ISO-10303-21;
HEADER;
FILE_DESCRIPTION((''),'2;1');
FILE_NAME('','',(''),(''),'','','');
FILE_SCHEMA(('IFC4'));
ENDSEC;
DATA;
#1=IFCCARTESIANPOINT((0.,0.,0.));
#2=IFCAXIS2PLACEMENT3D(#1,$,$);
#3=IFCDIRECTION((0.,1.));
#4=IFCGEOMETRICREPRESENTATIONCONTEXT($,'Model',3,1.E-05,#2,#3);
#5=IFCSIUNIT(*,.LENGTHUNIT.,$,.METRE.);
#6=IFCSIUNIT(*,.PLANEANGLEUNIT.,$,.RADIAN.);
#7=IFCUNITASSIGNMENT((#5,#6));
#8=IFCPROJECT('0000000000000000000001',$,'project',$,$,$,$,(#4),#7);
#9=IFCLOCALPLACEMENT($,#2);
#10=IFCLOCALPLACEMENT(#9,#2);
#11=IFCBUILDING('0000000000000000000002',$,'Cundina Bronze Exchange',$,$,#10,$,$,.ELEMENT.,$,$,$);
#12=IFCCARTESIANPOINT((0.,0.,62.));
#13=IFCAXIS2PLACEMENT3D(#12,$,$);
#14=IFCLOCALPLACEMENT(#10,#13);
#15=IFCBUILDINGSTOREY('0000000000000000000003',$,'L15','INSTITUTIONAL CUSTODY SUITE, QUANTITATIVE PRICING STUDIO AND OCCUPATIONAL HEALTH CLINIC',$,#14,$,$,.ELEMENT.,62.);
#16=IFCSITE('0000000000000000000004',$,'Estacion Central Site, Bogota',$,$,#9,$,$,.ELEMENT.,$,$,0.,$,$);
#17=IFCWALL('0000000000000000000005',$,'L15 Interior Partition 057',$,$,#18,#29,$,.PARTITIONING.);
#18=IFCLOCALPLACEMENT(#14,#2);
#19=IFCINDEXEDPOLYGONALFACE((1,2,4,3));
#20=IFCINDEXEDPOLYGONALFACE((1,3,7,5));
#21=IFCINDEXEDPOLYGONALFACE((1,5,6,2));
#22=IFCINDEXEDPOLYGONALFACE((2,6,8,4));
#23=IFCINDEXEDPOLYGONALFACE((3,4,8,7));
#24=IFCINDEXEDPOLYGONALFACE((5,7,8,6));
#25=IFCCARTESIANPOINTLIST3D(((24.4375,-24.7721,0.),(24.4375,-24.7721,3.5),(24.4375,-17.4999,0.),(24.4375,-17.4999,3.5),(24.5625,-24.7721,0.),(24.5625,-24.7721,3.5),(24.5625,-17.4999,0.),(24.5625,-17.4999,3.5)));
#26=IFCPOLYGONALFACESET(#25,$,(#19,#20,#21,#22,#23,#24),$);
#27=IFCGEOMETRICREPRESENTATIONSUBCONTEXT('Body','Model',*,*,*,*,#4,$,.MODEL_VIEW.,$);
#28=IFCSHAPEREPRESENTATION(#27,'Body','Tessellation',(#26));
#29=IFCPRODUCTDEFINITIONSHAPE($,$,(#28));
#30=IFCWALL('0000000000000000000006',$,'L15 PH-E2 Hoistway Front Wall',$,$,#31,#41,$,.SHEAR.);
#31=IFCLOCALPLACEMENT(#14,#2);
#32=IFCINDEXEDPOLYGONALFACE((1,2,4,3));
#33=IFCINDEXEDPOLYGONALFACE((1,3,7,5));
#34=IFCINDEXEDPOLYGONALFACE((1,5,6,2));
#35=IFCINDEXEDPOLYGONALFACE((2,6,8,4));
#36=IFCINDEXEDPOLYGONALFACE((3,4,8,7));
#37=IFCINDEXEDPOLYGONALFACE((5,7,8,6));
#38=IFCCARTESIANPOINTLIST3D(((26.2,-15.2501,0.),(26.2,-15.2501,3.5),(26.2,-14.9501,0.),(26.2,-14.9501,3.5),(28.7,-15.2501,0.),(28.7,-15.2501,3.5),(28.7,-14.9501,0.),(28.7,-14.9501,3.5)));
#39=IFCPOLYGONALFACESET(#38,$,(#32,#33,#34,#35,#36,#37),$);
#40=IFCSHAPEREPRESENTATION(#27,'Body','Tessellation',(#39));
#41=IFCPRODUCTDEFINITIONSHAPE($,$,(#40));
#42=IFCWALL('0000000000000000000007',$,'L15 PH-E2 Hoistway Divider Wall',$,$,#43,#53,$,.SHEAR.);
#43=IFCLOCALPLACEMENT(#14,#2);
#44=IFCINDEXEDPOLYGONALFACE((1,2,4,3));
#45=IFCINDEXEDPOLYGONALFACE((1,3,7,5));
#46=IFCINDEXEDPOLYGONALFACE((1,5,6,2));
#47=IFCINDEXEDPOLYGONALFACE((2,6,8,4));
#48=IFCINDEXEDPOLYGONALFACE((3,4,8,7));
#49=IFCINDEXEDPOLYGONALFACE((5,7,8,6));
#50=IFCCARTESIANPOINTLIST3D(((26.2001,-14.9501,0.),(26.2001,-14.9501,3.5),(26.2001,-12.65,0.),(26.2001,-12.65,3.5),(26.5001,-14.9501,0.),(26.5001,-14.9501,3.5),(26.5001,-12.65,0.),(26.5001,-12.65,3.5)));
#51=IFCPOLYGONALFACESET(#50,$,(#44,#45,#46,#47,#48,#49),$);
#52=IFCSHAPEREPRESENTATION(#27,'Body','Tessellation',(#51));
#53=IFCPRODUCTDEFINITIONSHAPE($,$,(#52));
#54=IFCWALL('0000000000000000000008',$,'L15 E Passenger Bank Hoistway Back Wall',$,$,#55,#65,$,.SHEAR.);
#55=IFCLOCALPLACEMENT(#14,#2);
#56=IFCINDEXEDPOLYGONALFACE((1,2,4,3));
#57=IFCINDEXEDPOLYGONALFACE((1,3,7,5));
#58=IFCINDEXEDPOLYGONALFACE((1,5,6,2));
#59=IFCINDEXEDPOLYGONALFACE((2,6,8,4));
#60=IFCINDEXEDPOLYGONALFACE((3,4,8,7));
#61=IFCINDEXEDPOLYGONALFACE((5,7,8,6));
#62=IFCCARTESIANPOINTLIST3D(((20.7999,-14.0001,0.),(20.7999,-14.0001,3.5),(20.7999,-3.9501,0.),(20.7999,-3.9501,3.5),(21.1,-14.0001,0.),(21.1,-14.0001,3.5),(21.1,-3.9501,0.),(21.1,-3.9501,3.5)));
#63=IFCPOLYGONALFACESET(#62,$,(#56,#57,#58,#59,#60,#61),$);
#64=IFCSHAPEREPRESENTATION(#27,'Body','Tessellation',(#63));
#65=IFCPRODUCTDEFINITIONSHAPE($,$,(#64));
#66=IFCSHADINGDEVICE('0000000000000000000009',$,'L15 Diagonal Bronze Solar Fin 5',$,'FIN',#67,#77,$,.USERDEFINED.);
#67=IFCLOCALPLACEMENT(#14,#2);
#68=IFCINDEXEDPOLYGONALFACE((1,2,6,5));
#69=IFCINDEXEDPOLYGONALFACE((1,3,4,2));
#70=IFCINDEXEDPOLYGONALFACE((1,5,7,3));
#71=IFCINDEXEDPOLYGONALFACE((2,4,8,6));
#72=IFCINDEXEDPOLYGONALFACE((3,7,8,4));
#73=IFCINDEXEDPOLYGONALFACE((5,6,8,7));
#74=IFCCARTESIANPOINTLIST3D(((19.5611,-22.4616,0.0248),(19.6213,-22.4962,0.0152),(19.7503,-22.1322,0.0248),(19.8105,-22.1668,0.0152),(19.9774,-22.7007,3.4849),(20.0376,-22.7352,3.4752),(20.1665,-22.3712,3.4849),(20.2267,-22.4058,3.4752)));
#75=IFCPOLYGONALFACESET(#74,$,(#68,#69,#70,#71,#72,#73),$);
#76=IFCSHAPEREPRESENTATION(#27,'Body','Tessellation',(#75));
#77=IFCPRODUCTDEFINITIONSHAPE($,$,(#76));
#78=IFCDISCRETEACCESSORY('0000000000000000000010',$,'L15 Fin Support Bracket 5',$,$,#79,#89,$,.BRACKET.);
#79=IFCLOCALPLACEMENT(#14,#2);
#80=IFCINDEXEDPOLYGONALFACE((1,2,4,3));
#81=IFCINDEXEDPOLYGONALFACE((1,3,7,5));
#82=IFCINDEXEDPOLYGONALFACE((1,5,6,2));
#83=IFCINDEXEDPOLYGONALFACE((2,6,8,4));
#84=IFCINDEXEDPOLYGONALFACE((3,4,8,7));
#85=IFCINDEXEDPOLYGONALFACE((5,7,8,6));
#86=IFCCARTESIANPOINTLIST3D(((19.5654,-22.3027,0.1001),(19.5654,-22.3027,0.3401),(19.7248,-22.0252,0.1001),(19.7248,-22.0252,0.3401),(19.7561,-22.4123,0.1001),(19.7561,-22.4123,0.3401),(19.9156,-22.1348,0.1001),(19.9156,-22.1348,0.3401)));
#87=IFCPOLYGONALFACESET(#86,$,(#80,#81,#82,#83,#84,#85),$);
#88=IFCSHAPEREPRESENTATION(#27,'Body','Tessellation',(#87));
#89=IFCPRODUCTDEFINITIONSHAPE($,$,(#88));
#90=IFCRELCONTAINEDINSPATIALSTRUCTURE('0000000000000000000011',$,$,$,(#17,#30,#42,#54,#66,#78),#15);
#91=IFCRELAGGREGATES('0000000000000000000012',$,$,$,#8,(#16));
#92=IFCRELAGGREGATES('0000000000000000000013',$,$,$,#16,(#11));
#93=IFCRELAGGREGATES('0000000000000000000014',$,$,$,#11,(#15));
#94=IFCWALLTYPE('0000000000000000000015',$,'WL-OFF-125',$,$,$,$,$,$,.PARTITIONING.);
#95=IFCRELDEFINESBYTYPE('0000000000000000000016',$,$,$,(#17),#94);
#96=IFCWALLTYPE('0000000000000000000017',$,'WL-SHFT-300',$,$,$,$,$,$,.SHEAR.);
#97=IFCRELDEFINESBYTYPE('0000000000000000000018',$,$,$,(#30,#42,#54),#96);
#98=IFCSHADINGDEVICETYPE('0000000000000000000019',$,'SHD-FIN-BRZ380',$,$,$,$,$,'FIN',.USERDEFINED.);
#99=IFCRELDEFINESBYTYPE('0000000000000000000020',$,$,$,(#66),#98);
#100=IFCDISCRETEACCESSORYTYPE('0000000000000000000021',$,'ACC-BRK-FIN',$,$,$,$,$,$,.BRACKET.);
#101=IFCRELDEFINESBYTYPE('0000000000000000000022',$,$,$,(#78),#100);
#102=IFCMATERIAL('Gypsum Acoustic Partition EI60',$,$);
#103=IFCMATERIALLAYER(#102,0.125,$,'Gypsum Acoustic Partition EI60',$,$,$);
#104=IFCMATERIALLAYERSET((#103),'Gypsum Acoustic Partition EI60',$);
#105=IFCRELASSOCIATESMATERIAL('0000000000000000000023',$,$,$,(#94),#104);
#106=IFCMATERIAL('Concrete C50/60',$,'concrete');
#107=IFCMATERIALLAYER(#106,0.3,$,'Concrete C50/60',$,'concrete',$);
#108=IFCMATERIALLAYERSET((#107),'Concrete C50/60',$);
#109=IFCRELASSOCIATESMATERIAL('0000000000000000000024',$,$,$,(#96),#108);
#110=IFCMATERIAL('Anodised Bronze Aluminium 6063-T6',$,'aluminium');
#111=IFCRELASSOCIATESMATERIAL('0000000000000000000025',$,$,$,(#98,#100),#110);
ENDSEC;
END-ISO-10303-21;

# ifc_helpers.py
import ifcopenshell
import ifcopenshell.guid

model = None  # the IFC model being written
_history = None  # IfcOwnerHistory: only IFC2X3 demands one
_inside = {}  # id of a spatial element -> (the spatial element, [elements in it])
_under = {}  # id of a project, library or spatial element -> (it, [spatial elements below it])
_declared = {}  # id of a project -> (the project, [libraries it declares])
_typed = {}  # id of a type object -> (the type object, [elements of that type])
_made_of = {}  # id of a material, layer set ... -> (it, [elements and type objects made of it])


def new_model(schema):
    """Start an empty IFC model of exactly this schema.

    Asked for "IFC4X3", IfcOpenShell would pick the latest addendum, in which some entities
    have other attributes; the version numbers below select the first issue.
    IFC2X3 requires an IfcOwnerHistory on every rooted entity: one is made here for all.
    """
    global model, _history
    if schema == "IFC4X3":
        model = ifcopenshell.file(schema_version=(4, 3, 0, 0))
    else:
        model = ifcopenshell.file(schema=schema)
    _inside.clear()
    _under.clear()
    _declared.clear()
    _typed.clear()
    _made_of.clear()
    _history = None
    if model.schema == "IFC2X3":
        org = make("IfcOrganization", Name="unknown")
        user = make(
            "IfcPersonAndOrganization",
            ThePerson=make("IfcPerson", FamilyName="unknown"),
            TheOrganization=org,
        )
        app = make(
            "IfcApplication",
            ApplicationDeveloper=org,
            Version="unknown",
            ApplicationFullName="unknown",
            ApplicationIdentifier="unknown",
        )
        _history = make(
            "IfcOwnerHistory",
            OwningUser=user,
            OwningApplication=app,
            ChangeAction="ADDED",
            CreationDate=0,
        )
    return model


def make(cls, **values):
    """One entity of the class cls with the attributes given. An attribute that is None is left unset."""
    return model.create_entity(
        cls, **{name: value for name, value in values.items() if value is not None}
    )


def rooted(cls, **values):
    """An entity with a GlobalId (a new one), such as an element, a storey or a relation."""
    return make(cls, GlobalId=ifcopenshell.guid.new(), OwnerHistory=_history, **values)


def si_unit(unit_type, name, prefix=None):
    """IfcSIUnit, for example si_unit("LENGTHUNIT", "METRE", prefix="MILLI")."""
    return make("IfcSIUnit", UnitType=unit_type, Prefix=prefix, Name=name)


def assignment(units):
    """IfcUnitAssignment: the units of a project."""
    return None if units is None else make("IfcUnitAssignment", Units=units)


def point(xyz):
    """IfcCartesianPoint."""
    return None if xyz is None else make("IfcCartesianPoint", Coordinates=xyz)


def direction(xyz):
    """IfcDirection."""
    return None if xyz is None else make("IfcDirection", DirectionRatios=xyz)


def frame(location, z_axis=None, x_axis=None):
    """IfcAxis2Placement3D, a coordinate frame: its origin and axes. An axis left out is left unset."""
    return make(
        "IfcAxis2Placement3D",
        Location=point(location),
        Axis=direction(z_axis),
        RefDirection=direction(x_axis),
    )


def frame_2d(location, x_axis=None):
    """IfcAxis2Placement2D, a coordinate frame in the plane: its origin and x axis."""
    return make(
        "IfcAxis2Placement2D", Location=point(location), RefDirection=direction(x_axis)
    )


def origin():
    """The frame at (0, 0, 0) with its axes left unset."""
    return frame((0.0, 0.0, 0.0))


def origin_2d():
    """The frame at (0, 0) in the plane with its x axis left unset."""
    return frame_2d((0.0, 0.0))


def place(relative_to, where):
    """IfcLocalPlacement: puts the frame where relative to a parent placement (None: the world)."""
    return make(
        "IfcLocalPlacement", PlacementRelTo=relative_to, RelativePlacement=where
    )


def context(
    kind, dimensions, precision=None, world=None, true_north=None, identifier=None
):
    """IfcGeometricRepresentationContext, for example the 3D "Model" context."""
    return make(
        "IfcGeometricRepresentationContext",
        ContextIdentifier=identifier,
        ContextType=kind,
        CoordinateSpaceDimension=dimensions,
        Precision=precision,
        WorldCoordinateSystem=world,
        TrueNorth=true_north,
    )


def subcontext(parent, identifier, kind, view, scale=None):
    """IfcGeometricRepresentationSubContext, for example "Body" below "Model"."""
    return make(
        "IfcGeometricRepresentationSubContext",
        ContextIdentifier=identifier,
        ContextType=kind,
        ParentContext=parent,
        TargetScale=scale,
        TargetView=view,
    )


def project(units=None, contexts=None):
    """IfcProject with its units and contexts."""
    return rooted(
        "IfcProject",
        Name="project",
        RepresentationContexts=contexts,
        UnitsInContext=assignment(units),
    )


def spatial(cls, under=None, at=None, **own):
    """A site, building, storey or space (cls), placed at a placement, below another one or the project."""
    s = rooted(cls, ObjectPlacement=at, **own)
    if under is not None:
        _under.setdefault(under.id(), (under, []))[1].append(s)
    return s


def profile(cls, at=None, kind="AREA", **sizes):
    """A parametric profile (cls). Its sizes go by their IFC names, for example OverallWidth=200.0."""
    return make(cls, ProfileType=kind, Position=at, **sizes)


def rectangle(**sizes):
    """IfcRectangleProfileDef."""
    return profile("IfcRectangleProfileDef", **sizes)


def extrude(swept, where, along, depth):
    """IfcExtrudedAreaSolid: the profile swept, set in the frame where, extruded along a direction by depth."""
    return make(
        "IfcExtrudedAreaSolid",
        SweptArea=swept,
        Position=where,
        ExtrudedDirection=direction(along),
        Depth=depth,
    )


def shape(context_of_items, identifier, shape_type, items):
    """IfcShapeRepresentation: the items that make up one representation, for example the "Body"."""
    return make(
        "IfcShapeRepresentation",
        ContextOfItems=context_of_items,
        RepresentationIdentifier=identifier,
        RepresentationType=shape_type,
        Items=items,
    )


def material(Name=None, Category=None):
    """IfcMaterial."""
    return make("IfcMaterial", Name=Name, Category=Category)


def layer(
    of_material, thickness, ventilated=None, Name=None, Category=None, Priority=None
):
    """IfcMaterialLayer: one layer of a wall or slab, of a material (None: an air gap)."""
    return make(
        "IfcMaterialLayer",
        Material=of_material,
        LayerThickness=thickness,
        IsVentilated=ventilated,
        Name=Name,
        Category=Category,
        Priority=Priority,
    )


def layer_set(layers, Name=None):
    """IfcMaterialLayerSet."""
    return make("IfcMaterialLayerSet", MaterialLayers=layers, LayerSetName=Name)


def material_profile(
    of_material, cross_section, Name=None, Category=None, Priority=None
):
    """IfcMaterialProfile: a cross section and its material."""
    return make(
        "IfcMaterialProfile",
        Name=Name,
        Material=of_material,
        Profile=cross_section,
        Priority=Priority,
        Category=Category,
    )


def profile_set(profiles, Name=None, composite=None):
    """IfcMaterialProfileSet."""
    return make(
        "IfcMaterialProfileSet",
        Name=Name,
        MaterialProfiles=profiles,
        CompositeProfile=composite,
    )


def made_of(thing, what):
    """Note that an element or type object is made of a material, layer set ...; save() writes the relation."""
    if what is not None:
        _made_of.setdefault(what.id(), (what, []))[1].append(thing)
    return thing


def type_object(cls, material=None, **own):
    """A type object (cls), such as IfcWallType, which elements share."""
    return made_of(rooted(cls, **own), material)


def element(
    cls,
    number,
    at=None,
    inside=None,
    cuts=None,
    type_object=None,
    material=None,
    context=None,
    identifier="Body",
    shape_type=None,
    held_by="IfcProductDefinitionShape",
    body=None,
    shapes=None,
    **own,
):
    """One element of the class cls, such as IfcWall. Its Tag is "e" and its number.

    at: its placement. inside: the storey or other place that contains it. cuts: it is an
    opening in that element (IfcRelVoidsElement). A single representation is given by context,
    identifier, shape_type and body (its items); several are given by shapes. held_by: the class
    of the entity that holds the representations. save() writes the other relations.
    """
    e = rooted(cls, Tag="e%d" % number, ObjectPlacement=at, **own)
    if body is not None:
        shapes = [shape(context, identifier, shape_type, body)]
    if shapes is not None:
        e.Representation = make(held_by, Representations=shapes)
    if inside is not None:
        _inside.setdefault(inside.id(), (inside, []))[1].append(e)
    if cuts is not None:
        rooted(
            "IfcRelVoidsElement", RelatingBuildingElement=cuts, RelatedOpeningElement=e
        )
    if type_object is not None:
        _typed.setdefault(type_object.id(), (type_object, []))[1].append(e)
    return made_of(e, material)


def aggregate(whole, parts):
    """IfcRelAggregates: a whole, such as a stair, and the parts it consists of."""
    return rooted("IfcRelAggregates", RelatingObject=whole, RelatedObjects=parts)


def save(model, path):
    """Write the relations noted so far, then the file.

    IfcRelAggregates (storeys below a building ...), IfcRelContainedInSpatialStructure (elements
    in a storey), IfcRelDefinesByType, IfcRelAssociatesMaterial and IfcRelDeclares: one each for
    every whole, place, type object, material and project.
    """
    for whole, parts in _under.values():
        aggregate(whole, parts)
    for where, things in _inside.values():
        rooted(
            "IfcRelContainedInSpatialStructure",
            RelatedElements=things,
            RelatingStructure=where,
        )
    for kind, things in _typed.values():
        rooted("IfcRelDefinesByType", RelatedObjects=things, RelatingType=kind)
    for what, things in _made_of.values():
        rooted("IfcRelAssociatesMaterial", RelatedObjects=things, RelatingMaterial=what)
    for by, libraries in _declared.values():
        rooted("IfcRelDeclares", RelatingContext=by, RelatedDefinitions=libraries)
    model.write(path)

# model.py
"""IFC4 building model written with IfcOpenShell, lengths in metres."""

from ifc_helpers import new_model, si_unit, direction, frame, frame_2d, origin, origin_2d, place, context, subcontext, project, spatial, rectangle, extrude, material, layer, layer_set, material_profile, profile_set, type_object, element, save


model = new_model("IFC4")

# Units and contexts
model_context = context("Model", 3, precision=1e-05, world=origin(), true_north=direction((0.0, 1.0)))
body_context = subcontext(model_context, "Body", "Model", "MODEL_VIEW")
ifc_project = project(units=[si_unit("LENGTHUNIT", "METRE"), si_unit("PLANEANGLEUNIT", "RADIAN")], contexts=[model_context])

# Site, building, storey
site_placement = place(None, origin())
site = spatial("IfcSite", under=ifc_project, at=site_placement, Name="Estacion Central Site, Bogota", CompositionType="ELEMENT", RefElevation=0.0)
building_placement = place(site_placement, origin())
building = spatial("IfcBuilding", under=site, at=building_placement, Name="Cundina Bronze Exchange", CompositionType="ELEMENT")
storey_placement = place(building_placement, frame((0.0, 0.0, 62.0)))
storey = spatial("IfcBuildingStorey", under=building, at=storey_placement, Name="L15", Description="INSTITUTIONAL CUSTODY SUITE, QUANTITATIVE PRICING STUDIO AND OCCUPATIONAL HEALTH CLINIC", CompositionType="ELEMENT", Elevation=62.0)

# Shared definitions
ifc_material_1 = material(Name="Anodised Bronze Aluminium 6063-T6", Category="aluminium")

# Walls
ifc_material_2 = material(Name="Gypsum Acoustic Partition EI60")
ifc_layer_1 = layer(ifc_material_2, 0.125, Name="Gypsum Acoustic Partition EI60")
ifc_layer_set_1 = layer_set([ifc_layer_1], Name="Gypsum Acoustic Partition EI60")
wall_type_1 = type_object("IfcWallType", Name="WL-OFF-125", PredefinedType="PARTITIONING", material=ifc_layer_set_1)
wall_1_placement = place(storey_placement, frame((24.5, -24.7722, 0.0), z_axis=(0.0, 0.0, 1.0), x_axis=(0.0, 1.0, 0.0)))
element("IfcWall", 1, at=wall_1_placement, inside=storey, type_object=wall_type_1, Name="L15 Interior Partition 057", PredefinedType="PARTITIONING", context=body_context, shape_type="SweptSolid", body=[
    extrude(rectangle(XDim=7.2722, YDim=0.125, at=frame_2d((3.6362, 0.0))), origin(), (0.0, 0.0, 1.0), 3.5),
])
ifc_material_3 = material(Name="Concrete C50/60", Category="concrete")
ifc_layer_2 = layer(ifc_material_3, 0.3, Name="Concrete C50/60", Category="concrete")
ifc_layer_set_2 = layer_set([ifc_layer_2], Name="Concrete C50/60")
wall_type_2 = type_object("IfcWallType", Name="WL-SHFT-300", PredefinedType="SHEAR", material=ifc_layer_set_2)
wall_2_placement = place(storey_placement, frame((26.2, -15.1001, 0.0), z_axis=(0.0, 0.0, 1.0), x_axis=(1.0, 0.0, 0.0)))
element("IfcWall", 2, at=wall_2_placement, inside=storey, type_object=wall_type_2, Name="L15 PH-E2 Hoistway Front Wall", PredefinedType="SHEAR", context=body_context, shape_type="SweptSolid", body=[
    extrude(rectangle(XDim=2.5, YDim=0.3, at=frame_2d((1.25, 0.0))), origin(), (0.0, 0.0, 1.0), 3.5),
])
wall_3_placement = place(storey_placement, frame((26.3501, -14.95, 0.0), z_axis=(0.0, 0.0, 1.0), x_axis=(0.0, 1.0, 0.0)))
element("IfcWall", 3, at=wall_3_placement, inside=storey, type_object=wall_type_2, Name="L15 PH-E2 Hoistway Divider Wall", PredefinedType="SHEAR", context=body_context, shape_type="SweptSolid", body=[
    extrude(rectangle(XDim=2.3, YDim=0.3, at=frame_2d((1.1499, 0.0))), origin(), (0.0, 0.0, 1.0), 3.5),
])
wall_4_placement = place(storey_placement, frame((20.95, -14.0, 0.0), z_axis=(0.0, 0.0, 1.0), x_axis=(0.0, 1.0, 0.0)))
element("IfcWall", 4, at=wall_4_placement, inside=storey, type_object=wall_type_2, Name="L15 E Passenger Bank Hoistway Back Wall", PredefinedType="SHEAR", context=body_context, shape_type="SweptSolid", body=[
    extrude(rectangle(XDim=10.05, YDim=0.3, at=frame_2d((5.0249, 0.0))), origin(), (0.0, 0.0, 1.0), 3.5),
])

# Shading device
ifc_material_profile_1 = material_profile(ifc_material_1, rectangle(XDim=0.0701, YDim=0.3799, at=origin_2d()), Name="FIN70X380", Category="aluminium")
ifc_profile_set_1 = profile_set([ifc_material_profile_1], Name="Anodised Bronze Aluminium 6063-T6")
shading_device_type = type_object("IfcShadingDeviceType", Name="SHD-FIN-BRZ380", ElementType="FIN", PredefinedType="USERDEFINED", material=ifc_profile_set_1)
shading_device_placement = place(storey_placement, frame((19.6858, -22.3142, 0.02), z_axis=(0.119166, -0.068425, 0.990514), x_axis=(-0.858982, 0.493222, 0.137414)))
element("IfcShadingDevice", 5, at=shading_device_placement, inside=storey, type_object=shading_device_type, Name="L15 Diagonal Bronze Solar Fin 5", ObjectType="FIN", PredefinedType="USERDEFINED", context=body_context, shape_type="SweptSolid", body=[
    extrude(rectangle(XDim=0.0701, YDim=0.3799, at=origin_2d()), origin(), (0.0, 0.0, 1.0), 3.4932),
])

# Discrete accessory
discrete_accessory_type = type_object("IfcDiscreteAccessoryType", Name="ACC-BRK-FIN", PredefinedType="BRACKET", material=ifc_material_1)
discrete_accessory_placement = place(storey_placement, frame((19.7405, -22.2188, 0.1001), z_axis=(0.0, 0.0, 1.0), x_axis=(0.867105, -0.498125, 0.0)))
element("IfcDiscreteAccessory", 6, at=discrete_accessory_placement, inside=storey, type_object=discrete_accessory_type, Name="L15 Fin Support Bracket 5", PredefinedType="BRACKET", context=body_context, shape_type="SweptSolid", body=[
    extrude(rectangle(XDim=0.22, YDim=0.3201, at=origin_2d()), origin(), (0.0, 0.0, 1.0), 0.24),
])

save(model, "model.ifc")
